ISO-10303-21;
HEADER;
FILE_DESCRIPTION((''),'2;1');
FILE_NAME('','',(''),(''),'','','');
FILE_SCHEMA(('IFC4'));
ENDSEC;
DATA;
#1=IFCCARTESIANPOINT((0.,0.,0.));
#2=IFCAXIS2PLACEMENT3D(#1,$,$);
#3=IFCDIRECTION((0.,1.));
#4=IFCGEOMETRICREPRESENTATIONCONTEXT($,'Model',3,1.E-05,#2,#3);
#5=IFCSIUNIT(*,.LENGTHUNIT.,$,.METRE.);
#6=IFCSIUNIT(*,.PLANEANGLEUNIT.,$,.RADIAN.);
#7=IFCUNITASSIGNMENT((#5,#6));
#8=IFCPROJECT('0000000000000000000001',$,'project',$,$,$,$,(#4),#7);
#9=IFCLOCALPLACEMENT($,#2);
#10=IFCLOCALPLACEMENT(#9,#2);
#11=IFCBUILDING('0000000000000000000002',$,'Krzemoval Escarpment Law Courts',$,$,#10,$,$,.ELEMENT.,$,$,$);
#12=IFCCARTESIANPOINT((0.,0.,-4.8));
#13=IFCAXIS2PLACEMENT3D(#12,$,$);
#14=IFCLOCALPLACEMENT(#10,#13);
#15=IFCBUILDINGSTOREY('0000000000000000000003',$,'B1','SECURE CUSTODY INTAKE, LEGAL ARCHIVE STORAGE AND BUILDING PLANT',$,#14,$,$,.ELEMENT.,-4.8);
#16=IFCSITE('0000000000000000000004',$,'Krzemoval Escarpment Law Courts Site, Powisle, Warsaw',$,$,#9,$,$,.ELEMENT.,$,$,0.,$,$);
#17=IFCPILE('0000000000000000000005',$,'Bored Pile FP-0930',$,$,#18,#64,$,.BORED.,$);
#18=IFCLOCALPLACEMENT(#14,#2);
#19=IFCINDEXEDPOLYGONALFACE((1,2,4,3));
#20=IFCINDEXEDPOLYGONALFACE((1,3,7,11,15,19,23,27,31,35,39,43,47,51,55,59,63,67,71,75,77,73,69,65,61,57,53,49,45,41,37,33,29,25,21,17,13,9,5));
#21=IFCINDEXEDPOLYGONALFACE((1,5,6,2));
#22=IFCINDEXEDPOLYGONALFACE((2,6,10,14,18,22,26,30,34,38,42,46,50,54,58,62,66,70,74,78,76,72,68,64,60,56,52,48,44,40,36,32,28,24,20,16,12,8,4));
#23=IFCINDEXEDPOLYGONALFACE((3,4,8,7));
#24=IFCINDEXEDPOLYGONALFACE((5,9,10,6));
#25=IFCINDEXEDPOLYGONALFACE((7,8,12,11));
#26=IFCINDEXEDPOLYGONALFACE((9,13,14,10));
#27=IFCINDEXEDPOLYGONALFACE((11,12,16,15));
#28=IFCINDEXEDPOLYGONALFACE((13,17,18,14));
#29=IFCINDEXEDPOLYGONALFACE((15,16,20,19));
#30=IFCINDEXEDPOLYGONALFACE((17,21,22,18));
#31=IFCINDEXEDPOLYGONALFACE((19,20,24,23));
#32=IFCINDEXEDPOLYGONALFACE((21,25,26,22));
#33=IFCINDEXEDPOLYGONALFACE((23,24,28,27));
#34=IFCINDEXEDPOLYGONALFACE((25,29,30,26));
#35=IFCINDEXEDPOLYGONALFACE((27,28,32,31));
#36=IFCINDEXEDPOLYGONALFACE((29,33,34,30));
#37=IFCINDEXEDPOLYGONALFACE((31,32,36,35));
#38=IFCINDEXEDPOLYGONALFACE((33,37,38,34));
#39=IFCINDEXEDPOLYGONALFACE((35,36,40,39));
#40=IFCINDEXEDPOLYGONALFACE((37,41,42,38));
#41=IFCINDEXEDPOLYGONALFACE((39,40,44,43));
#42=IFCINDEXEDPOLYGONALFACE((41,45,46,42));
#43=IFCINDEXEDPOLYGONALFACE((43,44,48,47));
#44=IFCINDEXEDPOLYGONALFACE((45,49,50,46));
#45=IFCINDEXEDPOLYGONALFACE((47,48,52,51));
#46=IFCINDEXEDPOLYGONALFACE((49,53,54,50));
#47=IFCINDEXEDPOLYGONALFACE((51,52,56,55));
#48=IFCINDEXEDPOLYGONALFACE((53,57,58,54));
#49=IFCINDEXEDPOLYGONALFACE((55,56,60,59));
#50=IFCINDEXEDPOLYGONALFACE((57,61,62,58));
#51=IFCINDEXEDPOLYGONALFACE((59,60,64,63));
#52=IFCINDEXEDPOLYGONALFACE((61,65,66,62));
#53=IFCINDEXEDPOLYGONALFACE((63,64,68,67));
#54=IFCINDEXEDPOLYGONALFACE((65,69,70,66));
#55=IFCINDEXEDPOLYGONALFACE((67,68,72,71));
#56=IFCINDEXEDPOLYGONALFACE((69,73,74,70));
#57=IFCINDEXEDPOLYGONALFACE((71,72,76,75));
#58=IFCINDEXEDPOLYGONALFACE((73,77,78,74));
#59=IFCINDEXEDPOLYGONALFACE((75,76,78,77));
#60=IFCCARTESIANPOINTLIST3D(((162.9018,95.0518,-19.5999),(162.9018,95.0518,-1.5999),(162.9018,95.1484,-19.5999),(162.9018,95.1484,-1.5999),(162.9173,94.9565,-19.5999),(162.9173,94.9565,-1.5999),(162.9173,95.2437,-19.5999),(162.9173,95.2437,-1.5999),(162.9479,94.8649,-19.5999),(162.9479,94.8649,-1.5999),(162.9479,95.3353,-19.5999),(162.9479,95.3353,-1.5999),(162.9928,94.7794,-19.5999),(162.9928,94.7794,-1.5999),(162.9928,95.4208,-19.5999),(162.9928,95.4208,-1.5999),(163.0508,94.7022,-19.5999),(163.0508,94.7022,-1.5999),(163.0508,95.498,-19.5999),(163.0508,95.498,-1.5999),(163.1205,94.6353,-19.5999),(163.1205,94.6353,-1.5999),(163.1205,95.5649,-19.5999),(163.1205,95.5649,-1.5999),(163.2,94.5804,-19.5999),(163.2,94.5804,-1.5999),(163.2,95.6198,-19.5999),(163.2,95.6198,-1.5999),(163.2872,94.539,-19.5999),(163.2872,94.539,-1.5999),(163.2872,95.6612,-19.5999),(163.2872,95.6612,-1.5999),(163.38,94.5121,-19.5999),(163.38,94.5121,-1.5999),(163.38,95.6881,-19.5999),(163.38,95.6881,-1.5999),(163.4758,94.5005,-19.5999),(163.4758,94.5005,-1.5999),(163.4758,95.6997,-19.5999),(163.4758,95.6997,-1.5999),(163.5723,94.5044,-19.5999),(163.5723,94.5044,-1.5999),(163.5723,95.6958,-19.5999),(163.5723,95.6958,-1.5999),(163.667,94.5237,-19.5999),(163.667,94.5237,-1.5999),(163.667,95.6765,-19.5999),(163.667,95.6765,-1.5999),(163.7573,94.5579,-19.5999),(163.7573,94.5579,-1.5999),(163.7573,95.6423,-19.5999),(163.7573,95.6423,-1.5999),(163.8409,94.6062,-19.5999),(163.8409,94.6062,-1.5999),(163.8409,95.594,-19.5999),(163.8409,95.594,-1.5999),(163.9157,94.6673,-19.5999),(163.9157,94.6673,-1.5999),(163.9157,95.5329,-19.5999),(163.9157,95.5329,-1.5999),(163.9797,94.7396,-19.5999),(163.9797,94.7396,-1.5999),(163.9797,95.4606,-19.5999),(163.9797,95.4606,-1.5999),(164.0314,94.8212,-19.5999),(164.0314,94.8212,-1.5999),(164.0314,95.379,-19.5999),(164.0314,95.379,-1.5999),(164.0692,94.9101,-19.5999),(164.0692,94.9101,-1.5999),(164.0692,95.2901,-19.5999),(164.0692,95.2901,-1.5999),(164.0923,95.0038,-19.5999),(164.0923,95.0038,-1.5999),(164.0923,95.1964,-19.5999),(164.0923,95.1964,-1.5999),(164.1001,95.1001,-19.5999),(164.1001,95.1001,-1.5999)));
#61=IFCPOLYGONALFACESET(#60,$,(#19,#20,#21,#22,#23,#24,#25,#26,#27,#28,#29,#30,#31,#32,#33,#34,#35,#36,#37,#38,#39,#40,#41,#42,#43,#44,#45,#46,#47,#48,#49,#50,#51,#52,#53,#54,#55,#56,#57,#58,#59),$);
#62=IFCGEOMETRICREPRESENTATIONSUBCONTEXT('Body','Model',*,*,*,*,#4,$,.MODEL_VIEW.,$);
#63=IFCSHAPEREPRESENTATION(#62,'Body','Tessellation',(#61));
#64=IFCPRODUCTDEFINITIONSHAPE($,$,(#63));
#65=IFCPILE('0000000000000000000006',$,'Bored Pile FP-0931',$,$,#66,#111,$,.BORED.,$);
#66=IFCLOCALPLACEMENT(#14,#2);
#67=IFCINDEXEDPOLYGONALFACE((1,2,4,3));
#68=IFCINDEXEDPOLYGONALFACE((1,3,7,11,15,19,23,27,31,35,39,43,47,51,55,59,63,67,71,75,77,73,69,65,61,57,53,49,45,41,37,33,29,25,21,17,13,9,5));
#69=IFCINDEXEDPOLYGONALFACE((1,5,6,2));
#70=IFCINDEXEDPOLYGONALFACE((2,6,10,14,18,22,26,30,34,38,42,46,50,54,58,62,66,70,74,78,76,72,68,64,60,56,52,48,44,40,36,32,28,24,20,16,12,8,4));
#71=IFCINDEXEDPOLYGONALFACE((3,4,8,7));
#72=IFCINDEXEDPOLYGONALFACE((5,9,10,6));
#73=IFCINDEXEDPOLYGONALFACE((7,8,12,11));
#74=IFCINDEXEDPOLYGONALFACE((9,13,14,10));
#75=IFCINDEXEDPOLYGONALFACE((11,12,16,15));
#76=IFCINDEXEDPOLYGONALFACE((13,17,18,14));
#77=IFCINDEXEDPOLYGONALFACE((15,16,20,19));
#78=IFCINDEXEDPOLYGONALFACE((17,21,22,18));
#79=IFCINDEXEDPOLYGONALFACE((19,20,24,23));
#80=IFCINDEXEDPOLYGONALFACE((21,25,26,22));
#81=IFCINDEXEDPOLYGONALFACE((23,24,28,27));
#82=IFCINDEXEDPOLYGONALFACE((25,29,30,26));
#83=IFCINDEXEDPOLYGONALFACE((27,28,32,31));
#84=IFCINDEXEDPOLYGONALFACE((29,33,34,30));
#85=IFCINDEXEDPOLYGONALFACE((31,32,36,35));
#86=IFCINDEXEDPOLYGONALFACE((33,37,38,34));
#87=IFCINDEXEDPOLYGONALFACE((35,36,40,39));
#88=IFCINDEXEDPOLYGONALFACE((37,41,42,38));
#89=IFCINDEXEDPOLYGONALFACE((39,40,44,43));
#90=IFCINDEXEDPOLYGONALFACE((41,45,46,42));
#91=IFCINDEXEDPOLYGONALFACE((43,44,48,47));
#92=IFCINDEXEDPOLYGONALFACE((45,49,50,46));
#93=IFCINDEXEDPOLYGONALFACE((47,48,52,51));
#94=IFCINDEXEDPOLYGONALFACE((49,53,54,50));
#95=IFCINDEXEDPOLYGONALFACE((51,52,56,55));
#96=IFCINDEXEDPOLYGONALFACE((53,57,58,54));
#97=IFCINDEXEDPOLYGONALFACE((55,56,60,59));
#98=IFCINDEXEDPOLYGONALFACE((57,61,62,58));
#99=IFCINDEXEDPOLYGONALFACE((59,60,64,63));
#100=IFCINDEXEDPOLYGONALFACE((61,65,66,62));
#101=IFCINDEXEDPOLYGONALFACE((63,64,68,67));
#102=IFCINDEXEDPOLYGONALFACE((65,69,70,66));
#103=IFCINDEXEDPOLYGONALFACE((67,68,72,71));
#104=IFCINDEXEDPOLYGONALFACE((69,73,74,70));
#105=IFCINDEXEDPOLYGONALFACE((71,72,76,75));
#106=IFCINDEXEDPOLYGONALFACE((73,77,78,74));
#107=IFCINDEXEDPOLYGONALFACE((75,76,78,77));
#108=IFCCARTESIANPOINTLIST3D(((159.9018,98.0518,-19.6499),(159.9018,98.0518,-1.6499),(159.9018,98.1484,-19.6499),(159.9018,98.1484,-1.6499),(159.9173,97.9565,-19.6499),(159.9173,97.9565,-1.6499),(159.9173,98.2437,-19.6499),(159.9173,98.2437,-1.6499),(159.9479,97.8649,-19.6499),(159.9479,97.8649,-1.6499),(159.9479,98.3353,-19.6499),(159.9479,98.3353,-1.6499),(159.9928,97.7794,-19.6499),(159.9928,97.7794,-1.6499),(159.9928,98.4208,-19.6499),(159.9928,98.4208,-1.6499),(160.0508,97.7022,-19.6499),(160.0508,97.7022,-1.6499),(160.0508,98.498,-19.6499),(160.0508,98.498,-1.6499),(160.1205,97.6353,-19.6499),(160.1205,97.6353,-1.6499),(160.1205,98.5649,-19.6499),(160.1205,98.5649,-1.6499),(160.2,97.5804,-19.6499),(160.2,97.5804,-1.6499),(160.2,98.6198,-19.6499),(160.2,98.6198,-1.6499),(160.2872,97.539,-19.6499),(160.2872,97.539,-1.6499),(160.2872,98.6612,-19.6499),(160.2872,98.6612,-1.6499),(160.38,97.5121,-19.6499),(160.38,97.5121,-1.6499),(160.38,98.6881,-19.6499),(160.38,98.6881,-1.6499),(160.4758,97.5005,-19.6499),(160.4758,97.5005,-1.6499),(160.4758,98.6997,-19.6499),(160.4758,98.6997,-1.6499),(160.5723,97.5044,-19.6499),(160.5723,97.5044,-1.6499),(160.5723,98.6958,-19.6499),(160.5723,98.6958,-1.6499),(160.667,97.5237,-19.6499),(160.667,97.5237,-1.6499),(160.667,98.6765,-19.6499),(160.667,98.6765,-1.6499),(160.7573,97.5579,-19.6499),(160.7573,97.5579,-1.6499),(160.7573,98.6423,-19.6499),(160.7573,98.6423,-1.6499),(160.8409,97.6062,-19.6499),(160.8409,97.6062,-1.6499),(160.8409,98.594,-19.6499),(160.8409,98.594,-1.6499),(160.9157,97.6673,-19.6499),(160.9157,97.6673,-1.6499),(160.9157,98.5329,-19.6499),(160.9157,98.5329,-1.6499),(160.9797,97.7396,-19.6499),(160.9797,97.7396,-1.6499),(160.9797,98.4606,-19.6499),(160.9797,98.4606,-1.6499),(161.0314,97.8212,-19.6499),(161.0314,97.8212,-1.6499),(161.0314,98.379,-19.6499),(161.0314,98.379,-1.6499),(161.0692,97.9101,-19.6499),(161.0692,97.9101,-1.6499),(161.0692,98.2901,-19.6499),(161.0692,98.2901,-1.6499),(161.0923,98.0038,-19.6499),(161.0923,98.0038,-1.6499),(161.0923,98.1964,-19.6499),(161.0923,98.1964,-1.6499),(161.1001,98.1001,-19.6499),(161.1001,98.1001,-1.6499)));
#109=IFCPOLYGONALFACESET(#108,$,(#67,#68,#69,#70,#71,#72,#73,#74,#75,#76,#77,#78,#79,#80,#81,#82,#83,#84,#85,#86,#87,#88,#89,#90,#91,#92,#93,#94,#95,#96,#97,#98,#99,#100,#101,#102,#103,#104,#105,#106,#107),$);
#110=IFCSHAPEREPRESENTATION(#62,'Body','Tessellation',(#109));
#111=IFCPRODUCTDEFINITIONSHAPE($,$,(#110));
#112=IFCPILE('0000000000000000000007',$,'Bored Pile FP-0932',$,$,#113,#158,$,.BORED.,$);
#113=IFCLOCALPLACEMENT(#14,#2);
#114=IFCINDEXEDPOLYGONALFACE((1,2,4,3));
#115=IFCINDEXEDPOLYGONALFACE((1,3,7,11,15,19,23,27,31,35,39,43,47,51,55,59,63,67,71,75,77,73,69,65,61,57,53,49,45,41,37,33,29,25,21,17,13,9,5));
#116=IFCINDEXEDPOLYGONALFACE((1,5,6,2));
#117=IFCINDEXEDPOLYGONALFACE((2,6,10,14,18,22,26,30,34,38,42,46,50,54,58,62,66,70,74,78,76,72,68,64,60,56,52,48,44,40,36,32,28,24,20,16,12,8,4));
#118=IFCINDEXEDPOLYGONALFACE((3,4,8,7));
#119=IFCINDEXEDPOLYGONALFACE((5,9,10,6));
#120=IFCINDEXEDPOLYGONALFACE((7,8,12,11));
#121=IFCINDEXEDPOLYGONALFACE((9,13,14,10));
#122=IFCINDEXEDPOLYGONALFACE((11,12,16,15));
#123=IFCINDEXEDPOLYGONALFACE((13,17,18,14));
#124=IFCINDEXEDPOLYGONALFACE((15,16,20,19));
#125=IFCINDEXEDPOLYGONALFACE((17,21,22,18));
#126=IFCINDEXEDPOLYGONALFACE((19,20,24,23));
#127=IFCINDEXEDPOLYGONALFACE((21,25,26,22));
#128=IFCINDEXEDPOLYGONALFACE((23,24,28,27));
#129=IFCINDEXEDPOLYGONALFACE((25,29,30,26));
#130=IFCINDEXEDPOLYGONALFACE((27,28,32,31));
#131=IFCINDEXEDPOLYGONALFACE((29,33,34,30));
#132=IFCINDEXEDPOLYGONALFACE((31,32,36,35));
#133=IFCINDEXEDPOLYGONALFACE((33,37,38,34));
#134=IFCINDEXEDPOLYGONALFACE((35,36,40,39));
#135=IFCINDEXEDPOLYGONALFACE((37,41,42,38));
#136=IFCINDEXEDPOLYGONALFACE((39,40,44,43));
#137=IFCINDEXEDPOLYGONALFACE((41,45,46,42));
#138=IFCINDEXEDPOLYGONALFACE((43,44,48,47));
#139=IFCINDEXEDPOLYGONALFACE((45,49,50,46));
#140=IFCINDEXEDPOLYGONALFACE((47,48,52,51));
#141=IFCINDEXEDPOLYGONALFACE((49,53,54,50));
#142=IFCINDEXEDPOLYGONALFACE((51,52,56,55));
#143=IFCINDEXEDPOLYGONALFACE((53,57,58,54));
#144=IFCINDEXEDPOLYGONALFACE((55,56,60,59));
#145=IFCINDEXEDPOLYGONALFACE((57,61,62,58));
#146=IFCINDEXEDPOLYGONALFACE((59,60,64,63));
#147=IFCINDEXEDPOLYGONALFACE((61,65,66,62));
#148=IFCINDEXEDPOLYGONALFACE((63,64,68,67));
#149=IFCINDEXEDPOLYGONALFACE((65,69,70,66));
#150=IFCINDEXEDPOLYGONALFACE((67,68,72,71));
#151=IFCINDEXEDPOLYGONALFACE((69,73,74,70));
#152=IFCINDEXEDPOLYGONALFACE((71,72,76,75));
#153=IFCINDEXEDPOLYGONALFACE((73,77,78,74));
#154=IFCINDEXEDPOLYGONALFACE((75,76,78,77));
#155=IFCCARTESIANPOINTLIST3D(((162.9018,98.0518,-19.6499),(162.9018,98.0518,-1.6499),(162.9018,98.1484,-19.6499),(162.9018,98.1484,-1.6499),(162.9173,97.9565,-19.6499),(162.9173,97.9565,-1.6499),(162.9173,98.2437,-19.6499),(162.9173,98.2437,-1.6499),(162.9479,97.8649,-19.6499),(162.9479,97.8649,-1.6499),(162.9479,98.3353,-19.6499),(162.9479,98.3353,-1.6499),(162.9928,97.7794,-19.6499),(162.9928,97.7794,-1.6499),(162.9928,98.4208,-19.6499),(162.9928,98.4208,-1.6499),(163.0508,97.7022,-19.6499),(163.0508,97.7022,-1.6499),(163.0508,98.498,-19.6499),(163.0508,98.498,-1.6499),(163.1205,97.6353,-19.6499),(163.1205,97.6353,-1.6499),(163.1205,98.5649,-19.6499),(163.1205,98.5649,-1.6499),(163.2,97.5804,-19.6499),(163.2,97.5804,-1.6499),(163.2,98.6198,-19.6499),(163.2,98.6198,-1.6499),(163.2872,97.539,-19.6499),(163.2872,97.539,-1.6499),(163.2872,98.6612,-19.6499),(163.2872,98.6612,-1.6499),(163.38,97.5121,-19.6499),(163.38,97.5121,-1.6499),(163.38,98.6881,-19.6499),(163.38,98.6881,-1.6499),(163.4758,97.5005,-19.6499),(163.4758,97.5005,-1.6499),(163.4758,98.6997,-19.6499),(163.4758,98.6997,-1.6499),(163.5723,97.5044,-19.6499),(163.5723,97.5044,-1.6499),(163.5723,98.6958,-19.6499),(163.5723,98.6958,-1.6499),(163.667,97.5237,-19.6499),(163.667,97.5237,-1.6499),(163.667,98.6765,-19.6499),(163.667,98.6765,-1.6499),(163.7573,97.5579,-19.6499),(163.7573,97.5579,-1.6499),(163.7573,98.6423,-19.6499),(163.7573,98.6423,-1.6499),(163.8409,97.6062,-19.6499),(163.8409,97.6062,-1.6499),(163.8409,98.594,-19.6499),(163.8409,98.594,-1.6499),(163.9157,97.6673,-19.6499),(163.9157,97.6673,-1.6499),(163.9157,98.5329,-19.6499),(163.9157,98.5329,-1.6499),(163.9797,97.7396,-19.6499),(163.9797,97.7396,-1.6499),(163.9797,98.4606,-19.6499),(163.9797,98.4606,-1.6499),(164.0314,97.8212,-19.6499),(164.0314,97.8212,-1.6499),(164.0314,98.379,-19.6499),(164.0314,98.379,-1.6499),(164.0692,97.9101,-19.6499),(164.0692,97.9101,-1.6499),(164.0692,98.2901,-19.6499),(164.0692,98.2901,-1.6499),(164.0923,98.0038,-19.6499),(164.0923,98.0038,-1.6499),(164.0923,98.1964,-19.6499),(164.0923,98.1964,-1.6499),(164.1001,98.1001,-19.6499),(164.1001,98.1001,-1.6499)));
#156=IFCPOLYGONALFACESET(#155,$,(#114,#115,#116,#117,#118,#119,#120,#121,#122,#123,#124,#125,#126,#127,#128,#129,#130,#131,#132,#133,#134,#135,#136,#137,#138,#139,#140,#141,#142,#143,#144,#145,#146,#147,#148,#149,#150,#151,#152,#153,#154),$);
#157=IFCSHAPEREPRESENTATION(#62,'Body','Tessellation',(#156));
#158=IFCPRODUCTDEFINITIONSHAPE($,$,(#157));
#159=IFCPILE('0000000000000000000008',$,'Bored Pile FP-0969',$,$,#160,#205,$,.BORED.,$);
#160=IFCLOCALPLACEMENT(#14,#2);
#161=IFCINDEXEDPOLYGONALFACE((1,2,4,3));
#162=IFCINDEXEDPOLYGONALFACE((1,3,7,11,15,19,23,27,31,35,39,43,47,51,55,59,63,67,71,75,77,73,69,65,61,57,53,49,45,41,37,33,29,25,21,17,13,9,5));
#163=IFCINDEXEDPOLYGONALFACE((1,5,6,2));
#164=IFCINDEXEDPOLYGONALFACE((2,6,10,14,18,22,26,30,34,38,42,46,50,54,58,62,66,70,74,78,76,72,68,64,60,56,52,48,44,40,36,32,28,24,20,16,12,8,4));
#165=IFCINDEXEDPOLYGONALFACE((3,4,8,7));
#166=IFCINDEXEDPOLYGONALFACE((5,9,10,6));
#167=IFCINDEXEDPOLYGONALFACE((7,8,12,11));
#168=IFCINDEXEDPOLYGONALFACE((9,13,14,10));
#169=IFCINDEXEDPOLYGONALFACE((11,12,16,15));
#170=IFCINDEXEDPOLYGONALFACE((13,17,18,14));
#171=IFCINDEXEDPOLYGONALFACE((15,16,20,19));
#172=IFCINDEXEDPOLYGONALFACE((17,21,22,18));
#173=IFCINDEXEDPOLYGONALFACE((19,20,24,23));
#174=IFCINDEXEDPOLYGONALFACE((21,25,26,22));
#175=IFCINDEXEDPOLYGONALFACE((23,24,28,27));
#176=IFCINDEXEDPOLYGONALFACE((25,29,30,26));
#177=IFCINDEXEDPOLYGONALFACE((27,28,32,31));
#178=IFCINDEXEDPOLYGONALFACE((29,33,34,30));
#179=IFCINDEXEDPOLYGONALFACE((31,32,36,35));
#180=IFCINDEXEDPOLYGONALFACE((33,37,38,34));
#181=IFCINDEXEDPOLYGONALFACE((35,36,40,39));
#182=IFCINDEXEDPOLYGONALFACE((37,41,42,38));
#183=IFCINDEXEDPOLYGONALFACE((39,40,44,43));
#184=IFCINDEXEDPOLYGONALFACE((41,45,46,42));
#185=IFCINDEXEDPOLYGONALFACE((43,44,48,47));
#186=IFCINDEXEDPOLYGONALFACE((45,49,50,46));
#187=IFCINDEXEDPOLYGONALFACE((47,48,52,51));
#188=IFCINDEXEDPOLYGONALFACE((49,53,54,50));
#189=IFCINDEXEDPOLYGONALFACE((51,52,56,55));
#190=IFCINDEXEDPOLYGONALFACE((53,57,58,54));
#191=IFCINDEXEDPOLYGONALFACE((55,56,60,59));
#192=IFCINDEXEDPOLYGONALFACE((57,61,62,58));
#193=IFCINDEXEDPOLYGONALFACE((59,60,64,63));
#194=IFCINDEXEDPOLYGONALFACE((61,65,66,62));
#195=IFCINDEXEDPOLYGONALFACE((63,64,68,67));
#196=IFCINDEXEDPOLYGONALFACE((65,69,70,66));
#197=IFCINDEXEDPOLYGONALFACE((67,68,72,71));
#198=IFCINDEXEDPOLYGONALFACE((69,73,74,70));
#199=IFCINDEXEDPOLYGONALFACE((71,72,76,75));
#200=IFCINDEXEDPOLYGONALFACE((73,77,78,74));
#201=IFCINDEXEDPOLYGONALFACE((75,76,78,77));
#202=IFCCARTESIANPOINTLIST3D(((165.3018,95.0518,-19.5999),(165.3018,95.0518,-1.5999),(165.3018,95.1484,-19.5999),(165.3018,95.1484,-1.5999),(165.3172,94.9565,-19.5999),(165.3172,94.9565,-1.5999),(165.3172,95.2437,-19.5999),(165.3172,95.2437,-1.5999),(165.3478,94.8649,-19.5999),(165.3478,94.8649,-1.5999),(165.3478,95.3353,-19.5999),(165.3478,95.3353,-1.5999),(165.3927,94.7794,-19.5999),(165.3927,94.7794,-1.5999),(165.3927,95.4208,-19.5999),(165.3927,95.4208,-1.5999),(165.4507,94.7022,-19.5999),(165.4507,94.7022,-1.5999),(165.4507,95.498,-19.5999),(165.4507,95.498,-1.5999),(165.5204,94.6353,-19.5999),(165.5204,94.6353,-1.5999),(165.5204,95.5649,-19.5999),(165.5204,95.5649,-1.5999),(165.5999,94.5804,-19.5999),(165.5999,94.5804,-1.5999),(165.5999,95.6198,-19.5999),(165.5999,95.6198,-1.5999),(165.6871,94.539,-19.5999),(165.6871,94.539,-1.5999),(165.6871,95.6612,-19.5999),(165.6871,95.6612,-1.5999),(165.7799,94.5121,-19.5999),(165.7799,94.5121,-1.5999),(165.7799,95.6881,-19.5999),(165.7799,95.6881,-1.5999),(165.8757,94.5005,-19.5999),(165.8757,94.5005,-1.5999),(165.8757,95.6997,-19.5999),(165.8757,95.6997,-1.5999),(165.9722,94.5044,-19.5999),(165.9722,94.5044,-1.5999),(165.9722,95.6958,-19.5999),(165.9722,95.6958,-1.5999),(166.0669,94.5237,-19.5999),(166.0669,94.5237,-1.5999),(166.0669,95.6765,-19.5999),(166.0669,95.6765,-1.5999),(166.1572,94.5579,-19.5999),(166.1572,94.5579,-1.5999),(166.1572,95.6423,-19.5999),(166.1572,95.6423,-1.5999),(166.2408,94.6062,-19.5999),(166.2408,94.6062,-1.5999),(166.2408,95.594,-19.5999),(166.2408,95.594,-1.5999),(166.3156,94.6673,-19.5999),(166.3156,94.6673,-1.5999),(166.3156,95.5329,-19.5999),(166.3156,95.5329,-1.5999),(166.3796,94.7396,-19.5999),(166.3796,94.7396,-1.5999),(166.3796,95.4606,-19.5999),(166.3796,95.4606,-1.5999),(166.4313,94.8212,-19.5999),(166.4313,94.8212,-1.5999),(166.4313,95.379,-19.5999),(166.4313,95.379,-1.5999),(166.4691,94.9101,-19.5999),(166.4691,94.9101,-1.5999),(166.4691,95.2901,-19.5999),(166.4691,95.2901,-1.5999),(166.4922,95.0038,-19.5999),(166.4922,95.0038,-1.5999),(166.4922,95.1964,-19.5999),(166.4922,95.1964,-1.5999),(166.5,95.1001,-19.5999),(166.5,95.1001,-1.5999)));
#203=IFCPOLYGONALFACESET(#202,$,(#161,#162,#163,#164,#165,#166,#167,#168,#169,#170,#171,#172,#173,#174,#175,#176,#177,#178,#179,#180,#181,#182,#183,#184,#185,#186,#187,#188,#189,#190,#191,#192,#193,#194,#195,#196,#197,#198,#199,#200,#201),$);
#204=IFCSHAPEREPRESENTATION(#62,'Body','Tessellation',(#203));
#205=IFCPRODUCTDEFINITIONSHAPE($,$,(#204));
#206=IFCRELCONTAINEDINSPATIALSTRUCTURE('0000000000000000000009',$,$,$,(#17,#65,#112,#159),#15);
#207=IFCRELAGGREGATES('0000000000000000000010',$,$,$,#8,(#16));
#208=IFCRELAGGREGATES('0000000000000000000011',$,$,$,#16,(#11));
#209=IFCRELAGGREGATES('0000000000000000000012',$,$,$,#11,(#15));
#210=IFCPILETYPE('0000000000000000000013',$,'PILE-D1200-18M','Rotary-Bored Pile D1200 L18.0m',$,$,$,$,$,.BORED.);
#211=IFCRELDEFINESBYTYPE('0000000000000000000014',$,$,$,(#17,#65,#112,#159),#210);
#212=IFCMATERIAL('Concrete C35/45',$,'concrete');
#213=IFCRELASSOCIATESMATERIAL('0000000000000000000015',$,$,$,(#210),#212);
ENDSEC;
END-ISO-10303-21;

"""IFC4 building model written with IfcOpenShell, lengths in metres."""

from ifc_helpers import new_model, si_unit, direction, frame, origin, origin_2d, place, context, subcontext, project, spatial, circle, extrude, material, material_profile, profile_set, type_object, element, save


model = new_model("IFC4")

# Units and contexts
model_context = context("Model", 3, precision=1e-05, world=origin(), true_north=direction((0.0, 1.0)))
body_context = subcontext(model_context, "Body", "Model", "MODEL_VIEW")
ifc_project = project(units=[si_unit("LENGTHUNIT", "METRE"), si_unit("PLANEANGLEUNIT", "RADIAN")], contexts=[model_context])

# Site, building, storey
site_placement = place(None, origin())
site = spatial("IfcSite", under=ifc_project, at=site_placement, Name="Krzemoval Escarpment Law Courts Site, Powisle, Warsaw", CompositionType="ELEMENT", RefElevation=0.0)
building_placement = place(site_placement, origin())
building = spatial("IfcBuilding", under=site, at=building_placement, Name="Krzemoval Escarpment Law Courts", CompositionType="ELEMENT")
storey_placement = place(building_placement, frame((0.0, 0.0, -4.8)))
storey = spatial("IfcBuildingStorey", under=building, at=storey_placement, Name="B1", Description="SECURE CUSTODY INTAKE, LEGAL ARCHIVE STORAGE AND BUILDING PLANT", CompositionType="ELEMENT", Elevation=-4.8)

# Piles
ifc_material_1 = material(Name="Concrete C35/45", Category="concrete")
ifc_material_profile_1 = material_profile(ifc_material_1, circle(Radius=0.6001, at=origin_2d()), Name="PILE D1200")
ifc_profile_set_1 = profile_set([ifc_material_profile_1], Name="Concrete C35/45")
pile_type = type_object("IfcPileType", Name="PILE-D1200-18M", Description="Rotary-Bored Pile D1200 L18.0m", PredefinedType="BORED", material=ifc_profile_set_1)
for number, where, z_axis, x_axis, name in (
    (1, (163.5, 95.1001, -1.5999), (0.0, 0.0, -1.0), (1.0, 0.0, 0.0), "Bored Pile FP-0930"),
    (2, (160.5, 98.1001, -1.6499), (0.0, 0.0, -1.0), (1.0, 0.0, 0.0), "Bored Pile FP-0931"),
    (3, (163.5, 98.1001, -1.6499), (0.0, 0.0, -1.0), (1.0, 0.0, 0.0), "Bored Pile FP-0932"),
    (4, (165.8999, 95.1001, -1.5999), (0.0, 0.0, -1.0), (1.0, 0.0, 0.0), "Bored Pile FP-0969"),
):
    element("IfcPile", number, at=place(storey_placement, frame(where, z_axis=z_axis, x_axis=x_axis)), inside=storey, type_object=pile_type, Name=name, PredefinedType="BORED", context=body_context, shape_type="SweptSolid", body=[
        extrude(circle(Radius=0.6001, at=origin_2d()), origin(), (0.0, 0.0, 1.0), 18.0),
    ])

save(model, "model.ifc")
